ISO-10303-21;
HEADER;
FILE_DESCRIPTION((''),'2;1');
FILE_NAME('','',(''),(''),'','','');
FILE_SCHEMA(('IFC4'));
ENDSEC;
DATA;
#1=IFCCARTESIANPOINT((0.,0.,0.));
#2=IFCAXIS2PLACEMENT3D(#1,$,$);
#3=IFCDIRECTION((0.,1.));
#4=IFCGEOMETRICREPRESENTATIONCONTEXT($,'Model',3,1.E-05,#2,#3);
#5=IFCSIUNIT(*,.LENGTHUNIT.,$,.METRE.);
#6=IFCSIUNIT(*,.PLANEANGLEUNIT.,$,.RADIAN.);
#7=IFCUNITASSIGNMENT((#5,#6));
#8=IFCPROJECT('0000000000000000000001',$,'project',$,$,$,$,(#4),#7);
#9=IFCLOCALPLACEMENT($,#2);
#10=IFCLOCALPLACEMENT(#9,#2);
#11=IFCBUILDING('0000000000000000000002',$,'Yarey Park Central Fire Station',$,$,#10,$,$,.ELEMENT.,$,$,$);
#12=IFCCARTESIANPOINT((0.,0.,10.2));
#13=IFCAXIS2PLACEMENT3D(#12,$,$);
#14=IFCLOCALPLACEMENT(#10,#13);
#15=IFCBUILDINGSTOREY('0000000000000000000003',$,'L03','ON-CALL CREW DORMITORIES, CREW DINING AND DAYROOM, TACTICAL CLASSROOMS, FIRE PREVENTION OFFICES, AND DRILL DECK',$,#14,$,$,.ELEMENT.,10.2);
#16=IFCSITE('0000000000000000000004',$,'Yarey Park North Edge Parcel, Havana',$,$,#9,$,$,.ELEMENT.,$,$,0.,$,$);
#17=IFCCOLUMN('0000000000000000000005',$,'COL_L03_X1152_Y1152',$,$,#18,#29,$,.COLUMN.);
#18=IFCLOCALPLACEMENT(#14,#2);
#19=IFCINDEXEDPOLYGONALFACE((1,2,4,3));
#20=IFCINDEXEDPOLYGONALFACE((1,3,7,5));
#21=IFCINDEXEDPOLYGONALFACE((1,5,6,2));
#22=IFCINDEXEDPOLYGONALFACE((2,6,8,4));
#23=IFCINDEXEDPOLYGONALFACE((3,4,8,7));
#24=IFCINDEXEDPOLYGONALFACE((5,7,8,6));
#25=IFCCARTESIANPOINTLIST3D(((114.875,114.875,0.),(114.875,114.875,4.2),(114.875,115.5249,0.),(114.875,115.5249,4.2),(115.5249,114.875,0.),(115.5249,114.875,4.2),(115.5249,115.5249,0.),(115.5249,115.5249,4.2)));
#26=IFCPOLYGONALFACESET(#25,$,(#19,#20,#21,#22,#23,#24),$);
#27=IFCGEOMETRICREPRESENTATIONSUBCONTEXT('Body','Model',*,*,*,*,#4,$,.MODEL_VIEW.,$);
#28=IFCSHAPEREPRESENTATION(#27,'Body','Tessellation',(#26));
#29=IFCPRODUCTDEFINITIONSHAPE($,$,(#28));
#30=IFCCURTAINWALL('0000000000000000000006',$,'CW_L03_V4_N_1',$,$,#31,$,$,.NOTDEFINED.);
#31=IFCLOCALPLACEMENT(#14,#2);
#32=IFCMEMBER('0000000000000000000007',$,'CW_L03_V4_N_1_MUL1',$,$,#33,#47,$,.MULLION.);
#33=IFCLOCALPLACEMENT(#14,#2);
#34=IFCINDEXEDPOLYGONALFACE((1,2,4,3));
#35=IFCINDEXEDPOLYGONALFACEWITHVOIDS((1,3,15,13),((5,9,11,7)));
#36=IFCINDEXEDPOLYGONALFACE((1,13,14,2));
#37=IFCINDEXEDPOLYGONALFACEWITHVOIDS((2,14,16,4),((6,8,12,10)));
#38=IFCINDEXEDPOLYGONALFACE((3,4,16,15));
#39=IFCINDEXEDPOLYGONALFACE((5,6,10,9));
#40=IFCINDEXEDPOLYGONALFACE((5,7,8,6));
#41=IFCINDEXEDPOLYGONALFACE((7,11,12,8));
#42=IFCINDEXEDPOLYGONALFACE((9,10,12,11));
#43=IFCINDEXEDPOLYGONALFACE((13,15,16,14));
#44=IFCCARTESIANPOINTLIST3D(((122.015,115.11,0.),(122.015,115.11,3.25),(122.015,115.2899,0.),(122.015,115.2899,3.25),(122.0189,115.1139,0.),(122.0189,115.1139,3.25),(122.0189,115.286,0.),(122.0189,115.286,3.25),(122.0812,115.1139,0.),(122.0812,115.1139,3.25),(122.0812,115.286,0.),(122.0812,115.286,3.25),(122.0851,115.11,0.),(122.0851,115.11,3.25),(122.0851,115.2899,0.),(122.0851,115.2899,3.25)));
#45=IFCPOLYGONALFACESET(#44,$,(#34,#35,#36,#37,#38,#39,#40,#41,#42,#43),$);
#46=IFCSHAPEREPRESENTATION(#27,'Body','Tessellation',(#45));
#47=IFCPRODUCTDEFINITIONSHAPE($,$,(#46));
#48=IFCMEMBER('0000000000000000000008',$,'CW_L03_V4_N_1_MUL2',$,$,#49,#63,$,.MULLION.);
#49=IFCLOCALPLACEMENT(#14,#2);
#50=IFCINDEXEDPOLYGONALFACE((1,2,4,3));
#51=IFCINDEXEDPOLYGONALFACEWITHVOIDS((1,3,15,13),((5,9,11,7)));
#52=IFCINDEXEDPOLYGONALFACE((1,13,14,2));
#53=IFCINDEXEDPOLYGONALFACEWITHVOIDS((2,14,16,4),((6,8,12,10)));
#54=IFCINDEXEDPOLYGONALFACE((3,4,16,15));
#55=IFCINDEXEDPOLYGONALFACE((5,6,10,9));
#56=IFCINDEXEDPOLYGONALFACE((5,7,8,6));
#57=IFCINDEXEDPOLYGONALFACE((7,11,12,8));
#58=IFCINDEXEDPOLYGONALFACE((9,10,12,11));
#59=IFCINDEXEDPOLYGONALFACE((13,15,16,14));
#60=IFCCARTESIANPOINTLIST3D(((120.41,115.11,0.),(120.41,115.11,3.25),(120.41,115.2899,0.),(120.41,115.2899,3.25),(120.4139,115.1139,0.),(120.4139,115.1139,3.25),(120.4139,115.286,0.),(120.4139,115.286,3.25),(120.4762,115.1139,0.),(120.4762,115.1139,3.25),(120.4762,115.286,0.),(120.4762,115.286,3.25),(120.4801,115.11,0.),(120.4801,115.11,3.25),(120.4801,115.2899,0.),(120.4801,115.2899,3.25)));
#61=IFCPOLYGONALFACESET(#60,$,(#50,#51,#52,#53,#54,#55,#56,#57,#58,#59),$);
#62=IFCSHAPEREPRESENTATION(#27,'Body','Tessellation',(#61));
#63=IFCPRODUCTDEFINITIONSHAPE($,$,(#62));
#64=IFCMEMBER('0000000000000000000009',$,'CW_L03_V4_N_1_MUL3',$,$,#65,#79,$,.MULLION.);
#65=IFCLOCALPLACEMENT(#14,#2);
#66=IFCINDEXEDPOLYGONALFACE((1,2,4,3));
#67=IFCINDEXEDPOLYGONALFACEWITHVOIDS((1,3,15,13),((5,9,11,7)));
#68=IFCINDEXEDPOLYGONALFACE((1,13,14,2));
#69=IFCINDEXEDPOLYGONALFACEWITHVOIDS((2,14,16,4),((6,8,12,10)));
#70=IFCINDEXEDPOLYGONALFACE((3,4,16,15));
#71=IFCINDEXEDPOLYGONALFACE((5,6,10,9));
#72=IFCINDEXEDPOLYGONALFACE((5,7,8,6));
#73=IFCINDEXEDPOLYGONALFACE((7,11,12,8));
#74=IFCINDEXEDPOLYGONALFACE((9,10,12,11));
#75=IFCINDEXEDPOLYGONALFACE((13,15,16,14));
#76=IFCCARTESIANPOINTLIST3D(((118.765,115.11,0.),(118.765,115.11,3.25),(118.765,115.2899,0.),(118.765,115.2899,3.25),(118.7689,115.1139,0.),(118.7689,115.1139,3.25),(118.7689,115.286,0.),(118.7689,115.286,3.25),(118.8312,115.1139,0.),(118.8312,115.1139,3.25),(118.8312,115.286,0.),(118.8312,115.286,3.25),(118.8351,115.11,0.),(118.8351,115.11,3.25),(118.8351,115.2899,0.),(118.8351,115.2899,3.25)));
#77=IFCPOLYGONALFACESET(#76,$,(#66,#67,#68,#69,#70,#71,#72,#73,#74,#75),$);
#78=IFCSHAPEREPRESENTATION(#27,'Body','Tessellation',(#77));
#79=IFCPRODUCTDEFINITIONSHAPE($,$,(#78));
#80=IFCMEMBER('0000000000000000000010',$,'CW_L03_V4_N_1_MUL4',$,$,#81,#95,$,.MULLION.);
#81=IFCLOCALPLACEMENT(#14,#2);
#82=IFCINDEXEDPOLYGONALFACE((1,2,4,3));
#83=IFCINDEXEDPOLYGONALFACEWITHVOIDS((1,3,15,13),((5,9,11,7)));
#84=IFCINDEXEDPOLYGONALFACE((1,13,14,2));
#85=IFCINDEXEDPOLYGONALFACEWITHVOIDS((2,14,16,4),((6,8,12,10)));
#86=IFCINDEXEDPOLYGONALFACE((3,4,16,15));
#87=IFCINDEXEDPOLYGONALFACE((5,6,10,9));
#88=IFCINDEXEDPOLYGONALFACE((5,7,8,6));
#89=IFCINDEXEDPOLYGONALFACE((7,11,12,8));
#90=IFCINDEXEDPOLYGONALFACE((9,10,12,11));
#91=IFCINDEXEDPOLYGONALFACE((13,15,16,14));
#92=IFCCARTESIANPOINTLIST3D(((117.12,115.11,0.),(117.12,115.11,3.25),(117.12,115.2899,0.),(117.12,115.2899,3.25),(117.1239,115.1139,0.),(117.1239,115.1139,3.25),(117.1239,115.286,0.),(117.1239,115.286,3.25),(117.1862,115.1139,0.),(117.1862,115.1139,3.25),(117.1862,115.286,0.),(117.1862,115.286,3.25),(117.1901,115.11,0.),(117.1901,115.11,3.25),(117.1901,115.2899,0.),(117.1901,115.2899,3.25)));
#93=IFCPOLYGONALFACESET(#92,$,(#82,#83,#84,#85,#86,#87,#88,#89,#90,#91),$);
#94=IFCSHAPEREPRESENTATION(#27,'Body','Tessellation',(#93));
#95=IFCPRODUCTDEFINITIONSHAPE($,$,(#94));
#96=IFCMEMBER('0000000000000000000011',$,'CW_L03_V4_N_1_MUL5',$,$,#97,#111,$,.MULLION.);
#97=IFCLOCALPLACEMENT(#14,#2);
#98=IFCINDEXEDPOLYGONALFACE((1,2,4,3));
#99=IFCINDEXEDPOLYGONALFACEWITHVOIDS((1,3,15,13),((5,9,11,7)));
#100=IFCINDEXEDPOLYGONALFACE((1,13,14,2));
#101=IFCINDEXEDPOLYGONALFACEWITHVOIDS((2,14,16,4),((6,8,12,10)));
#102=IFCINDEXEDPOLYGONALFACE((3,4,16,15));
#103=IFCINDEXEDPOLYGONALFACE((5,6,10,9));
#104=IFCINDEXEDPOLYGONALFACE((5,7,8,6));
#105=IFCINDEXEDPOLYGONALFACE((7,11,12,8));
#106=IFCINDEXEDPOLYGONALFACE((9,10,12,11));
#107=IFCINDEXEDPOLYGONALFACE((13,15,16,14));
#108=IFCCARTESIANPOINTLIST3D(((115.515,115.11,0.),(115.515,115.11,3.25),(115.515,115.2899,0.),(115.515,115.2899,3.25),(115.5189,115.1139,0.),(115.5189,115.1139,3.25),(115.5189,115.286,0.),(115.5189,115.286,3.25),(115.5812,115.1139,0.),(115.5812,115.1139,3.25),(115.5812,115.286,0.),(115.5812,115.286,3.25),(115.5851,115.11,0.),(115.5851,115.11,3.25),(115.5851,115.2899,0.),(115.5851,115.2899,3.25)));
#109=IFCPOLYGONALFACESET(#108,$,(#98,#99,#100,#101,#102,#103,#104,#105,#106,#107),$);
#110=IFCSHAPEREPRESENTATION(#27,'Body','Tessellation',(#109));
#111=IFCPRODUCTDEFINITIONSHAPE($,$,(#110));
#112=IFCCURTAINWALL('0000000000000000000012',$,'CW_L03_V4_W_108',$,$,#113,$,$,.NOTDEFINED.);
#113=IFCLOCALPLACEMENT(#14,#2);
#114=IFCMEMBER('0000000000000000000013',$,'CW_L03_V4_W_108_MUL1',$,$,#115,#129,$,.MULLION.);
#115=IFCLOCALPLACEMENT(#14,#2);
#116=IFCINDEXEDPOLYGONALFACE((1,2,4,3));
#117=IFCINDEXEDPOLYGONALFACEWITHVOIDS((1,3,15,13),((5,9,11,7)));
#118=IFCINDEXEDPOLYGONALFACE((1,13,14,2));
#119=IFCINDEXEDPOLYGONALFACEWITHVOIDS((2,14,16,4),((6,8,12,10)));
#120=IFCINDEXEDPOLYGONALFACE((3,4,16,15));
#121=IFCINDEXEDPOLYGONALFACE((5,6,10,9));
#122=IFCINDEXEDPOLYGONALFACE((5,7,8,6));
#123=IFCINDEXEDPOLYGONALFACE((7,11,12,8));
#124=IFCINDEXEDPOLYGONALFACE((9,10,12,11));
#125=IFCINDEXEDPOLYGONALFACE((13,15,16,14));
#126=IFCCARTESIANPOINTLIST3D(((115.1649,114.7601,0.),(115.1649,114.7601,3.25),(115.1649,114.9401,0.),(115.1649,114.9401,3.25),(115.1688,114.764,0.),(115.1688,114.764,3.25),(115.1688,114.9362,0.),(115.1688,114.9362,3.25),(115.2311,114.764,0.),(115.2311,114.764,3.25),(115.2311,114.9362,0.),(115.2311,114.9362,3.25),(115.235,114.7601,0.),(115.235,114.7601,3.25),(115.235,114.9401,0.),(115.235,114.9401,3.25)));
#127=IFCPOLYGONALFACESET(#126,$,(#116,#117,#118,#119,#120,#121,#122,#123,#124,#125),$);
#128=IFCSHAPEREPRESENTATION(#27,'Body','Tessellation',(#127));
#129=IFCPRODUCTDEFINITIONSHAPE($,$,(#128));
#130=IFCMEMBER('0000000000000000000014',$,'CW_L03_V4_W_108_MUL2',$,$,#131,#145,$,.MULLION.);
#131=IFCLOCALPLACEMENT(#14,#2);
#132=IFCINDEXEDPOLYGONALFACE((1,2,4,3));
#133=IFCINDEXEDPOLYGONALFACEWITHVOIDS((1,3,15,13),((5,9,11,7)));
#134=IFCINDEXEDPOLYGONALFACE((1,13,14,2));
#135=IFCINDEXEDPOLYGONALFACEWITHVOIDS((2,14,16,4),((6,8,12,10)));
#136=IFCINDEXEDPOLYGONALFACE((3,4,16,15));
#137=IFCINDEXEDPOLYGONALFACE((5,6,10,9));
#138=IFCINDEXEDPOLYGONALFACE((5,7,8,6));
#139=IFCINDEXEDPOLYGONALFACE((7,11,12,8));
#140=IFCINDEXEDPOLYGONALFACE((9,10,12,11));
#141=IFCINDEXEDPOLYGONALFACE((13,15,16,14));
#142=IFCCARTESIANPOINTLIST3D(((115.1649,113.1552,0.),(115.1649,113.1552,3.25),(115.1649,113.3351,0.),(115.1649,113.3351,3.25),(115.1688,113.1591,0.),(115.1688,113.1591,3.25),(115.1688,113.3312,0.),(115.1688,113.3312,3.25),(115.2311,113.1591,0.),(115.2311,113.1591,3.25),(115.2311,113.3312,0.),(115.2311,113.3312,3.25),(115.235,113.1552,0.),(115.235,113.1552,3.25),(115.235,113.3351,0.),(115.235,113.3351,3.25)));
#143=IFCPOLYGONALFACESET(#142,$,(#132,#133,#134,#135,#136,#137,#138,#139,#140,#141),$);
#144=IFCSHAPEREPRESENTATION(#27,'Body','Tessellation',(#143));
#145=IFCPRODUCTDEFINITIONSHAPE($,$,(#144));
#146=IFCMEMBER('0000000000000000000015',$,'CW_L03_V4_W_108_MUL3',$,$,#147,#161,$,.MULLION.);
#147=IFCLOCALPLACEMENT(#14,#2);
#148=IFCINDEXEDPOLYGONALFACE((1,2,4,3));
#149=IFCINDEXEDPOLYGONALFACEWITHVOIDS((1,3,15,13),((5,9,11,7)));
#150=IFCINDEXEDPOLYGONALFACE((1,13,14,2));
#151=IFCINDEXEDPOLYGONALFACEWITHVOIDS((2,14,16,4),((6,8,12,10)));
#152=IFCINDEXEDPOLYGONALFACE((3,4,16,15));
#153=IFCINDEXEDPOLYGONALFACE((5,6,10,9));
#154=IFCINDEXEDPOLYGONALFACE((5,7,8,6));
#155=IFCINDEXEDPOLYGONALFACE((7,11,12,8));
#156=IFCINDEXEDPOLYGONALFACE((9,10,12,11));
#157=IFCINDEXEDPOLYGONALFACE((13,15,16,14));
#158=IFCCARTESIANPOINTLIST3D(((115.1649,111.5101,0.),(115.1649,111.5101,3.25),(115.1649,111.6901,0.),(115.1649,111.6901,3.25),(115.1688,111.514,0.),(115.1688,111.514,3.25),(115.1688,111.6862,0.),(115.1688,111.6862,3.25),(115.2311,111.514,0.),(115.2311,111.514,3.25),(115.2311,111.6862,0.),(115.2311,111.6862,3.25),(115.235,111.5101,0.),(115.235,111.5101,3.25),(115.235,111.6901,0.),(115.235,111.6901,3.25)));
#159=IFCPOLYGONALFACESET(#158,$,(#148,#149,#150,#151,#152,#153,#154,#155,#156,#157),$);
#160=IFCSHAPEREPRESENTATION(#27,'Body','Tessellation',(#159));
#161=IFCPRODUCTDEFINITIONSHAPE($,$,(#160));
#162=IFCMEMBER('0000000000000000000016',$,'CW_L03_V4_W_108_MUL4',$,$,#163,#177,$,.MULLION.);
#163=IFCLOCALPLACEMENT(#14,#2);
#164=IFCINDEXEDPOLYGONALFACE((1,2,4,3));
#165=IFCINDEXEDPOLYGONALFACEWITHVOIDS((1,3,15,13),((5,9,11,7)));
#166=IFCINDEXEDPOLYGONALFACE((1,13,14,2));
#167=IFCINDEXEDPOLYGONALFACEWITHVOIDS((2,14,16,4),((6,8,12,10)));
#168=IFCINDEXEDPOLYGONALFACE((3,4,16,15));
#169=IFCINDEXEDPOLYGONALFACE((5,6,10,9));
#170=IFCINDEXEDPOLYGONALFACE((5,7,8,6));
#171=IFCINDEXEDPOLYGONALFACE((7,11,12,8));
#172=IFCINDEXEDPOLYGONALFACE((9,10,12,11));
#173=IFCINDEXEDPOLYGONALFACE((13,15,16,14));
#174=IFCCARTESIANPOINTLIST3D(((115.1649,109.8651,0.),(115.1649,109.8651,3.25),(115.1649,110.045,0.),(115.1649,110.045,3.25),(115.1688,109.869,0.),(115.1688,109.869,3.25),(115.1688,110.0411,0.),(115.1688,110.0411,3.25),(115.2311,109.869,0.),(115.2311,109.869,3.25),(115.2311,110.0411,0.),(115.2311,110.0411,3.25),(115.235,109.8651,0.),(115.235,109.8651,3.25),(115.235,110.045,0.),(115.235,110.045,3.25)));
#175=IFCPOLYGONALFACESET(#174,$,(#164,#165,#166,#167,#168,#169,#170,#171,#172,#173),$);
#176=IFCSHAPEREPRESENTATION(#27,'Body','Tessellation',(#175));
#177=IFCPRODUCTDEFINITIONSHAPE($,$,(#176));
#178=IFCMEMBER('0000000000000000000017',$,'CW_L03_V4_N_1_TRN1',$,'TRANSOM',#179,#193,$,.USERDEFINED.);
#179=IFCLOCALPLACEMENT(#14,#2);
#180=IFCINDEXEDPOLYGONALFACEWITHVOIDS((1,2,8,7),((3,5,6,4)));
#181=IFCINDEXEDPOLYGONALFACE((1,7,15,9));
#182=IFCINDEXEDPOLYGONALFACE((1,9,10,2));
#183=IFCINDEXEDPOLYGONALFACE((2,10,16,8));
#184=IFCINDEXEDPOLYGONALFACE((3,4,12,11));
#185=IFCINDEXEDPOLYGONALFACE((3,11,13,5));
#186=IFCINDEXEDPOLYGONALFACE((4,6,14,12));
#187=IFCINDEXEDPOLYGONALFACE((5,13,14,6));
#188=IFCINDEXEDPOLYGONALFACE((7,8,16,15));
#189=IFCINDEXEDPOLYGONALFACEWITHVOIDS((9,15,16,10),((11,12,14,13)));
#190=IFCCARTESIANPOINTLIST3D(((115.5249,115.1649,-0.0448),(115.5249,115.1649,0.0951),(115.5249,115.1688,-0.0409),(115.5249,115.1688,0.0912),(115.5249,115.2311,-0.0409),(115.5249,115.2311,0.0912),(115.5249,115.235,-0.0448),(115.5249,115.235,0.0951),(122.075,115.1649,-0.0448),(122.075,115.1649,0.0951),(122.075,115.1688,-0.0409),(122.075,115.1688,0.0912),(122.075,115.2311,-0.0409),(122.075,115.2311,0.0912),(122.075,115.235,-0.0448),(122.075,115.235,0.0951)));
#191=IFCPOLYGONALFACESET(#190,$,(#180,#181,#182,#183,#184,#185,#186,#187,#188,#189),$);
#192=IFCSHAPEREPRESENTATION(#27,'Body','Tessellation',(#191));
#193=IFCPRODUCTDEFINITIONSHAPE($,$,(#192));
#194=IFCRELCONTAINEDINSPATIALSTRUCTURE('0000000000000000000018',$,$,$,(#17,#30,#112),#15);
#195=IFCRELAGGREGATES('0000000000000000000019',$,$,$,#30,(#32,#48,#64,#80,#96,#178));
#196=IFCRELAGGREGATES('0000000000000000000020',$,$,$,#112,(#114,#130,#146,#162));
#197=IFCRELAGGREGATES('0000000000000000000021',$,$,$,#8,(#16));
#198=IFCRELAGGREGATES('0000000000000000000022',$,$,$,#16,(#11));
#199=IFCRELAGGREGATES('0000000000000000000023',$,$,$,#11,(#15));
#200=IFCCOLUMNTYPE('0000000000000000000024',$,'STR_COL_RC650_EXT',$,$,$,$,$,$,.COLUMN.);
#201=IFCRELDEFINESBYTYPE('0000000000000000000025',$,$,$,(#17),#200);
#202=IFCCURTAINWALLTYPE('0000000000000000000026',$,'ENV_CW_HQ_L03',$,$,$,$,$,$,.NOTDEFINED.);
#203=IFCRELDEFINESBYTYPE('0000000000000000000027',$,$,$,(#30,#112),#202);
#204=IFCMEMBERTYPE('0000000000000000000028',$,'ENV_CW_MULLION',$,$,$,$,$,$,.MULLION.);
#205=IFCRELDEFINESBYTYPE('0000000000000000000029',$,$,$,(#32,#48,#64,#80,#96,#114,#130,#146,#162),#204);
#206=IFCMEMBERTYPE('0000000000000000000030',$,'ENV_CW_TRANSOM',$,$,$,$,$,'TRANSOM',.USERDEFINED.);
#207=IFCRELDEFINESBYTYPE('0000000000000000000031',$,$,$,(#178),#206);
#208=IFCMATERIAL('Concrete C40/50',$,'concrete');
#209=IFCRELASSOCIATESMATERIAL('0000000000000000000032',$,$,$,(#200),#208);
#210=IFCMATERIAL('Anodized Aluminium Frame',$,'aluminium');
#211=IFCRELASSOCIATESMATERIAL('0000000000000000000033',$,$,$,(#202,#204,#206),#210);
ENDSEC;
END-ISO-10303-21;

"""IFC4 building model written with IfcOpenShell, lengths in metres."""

from ifc_helpers import new_model, si_unit, direction, frame, origin, origin_2d, place, context, subcontext, project, spatial, rectangle, hollow_rectangle, extrude, material, material_profile, profile_set, type_object, element, aggregate, save


model = new_model("IFC4")

# Units and contexts
model_context = context("Model", 3, precision=1e-05, world=origin(), true_north=direction((0.0, 1.0)))
body_context = subcontext(model_context, "Body", "Model", "MODEL_VIEW")
ifc_project = project(units=[si_unit("LENGTHUNIT", "METRE"), si_unit("PLANEANGLEUNIT", "RADIAN")], contexts=[model_context])

# Site, building, storey
site_placement = place(None, origin())
site = spatial("IfcSite", under=ifc_project, at=site_placement, Name="Yarey Park North Edge Parcel, Havana", CompositionType="ELEMENT", RefElevation=0.0)
building_placement = place(site_placement, origin())
building = spatial("IfcBuilding", under=site, at=building_placement, Name="Yarey Park Central Fire Station", CompositionType="ELEMENT")
storey_placement = place(building_placement, frame((0.0, 0.0, 10.2)))
storey = spatial("IfcBuildingStorey", under=building, at=storey_placement, Name="L03", Description="ON-CALL CREW DORMITORIES, CREW DINING AND DAYROOM, TACTICAL CLASSROOMS, FIRE PREVENTION OFFICES, AND DRILL DECK", CompositionType="ELEMENT", Elevation=10.2)

# Column
ifc_material_1 = material(Name="Concrete C40/50", Category="concrete")
ifc_material_profile_1 = material_profile(ifc_material_1, rectangle(XDim=0.6499, YDim=0.6499, at=origin_2d()), Name="RC 650x650")
ifc_profile_set_1 = profile_set([ifc_material_profile_1], Name="Concrete C40/50")
column_type = type_object("IfcColumnType", Name="STR_COL_RC650_EXT", PredefinedType="COLUMN", material=ifc_profile_set_1)
column_placement = place(storey_placement, frame((115.2, 115.2, 0.0), z_axis=(0.0, 0.0, 1.0), x_axis=(1.0, 0.0, 0.0)))
element("IfcColumn", 1, at=column_placement, inside=storey, type_object=column_type, Name="COL_L03_X1152_Y1152", PredefinedType="COLUMN", context=body_context, shape_type="SweptSolid", body=[
    extrude(rectangle(XDim=0.6499, YDim=0.6499, at=origin_2d()), origin(), (0.0, 0.0, 1.0), 4.2),
])

# Curtain walls, members
ifc_material_2 = material(Name="Anodized Aluminium Frame", Category="aluminium")
curtain_wall_type = type_object("IfcCurtainWallType", Name="ENV_CW_HQ_L03", PredefinedType="NOTDEFINED", material=ifc_material_2)
curtain_wall_1_placement = place(storey_placement, origin())
curtain_wall_1 = element("IfcCurtainWall", 2, at=curtain_wall_1_placement, inside=storey, type_object=curtain_wall_type, Name="CW_L03_V4_N_1", PredefinedType="NOTDEFINED")
ifc_material_profile_2 = material_profile(ifc_material_2, hollow_rectangle(XDim=0.0701, YDim=0.1799, WallThickness=0.0039, at=origin_2d()), Name="ALU 180x70x4")
ifc_profile_set_2 = profile_set([ifc_material_profile_2], Name="Anodized Aluminium Frame")
member_type_1 = type_object("IfcMemberType", Name="ENV_CW_MULLION", PredefinedType="MULLION", material=ifc_profile_set_2)
member_1_placement = place(storey_placement, frame((122.05, 115.2, 0.0), z_axis=(0.0, 0.0, 1.0), x_axis=(1.0, 0.0, 0.0)))
member_1 = element("IfcMember", 3, at=member_1_placement, type_object=member_type_1, Name="CW_L03_V4_N_1_MUL1", PredefinedType="MULLION", context=body_context, shape_type="SweptSolid", body=[
    extrude(hollow_rectangle(XDim=0.0701, YDim=0.1799, WallThickness=0.0039, at=origin_2d()), origin(), (0.0, 0.0, 1.0), 3.25),
])
member_2_placement = place(storey_placement, frame((120.4451, 115.2, 0.0), z_axis=(0.0, 0.0, 1.0), x_axis=(1.0, 0.0, 0.0)))
member_2 = element("IfcMember", 4, at=member_2_placement, type_object=member_type_1, Name="CW_L03_V4_N_1_MUL2", PredefinedType="MULLION", context=body_context, shape_type="SweptSolid", body=[
    extrude(hollow_rectangle(XDim=0.0701, YDim=0.1799, WallThickness=0.0039, at=origin_2d()), origin(), (0.0, 0.0, 1.0), 3.25),
])
member_3_placement = place(storey_placement, frame((118.8, 115.2, 0.0), z_axis=(0.0, 0.0, 1.0), x_axis=(1.0, 0.0, 0.0)))
member_3 = element("IfcMember", 5, at=member_3_placement, type_object=member_type_1, Name="CW_L03_V4_N_1_MUL3", PredefinedType="MULLION", context=body_context, shape_type="SweptSolid", body=[
    extrude(hollow_rectangle(XDim=0.0701, YDim=0.1799, WallThickness=0.0039, at=origin_2d()), origin(), (0.0, 0.0, 1.0), 3.25),
])
member_4_placement = place(storey_placement, frame((117.155, 115.2, 0.0), z_axis=(0.0, 0.0, 1.0), x_axis=(1.0, 0.0, 0.0)))
member_4 = element("IfcMember", 6, at=member_4_placement, type_object=member_type_1, Name="CW_L03_V4_N_1_MUL4", PredefinedType="MULLION", context=body_context, shape_type="SweptSolid", body=[
    extrude(hollow_rectangle(XDim=0.0701, YDim=0.1799, WallThickness=0.0039, at=origin_2d()), origin(), (0.0, 0.0, 1.0), 3.25),
])
member_5_placement = place(storey_placement, frame((115.55, 115.2, 0.0), z_axis=(0.0, 0.0, 1.0), x_axis=(1.0, 0.0, 0.0)))
member_5 = element("IfcMember", 7, at=member_5_placement, type_object=member_type_1, Name="CW_L03_V4_N_1_MUL5", PredefinedType="MULLION", context=body_context, shape_type="SweptSolid", body=[
    extrude(hollow_rectangle(XDim=0.0701, YDim=0.1799, WallThickness=0.0039, at=origin_2d()), origin(), (0.0, 0.0, 1.0), 3.25),
])
curtain_wall_2_placement = place(storey_placement, origin())
curtain_wall_2 = element("IfcCurtainWall", 8, at=curtain_wall_2_placement, inside=storey, type_object=curtain_wall_type, Name="CW_L03_V4_W_108", PredefinedType="NOTDEFINED")
member_6_placement = place(storey_placement, frame((115.2, 114.8501, 0.0), z_axis=(0.0, 0.0, 1.0), x_axis=(1.0, 0.0, 0.0)))
member_6 = element("IfcMember", 9, at=member_6_placement, type_object=member_type_1, Name="CW_L03_V4_W_108_MUL1", PredefinedType="MULLION", context=body_context, shape_type="SweptSolid", body=[
    extrude(hollow_rectangle(XDim=0.0701, YDim=0.1799, WallThickness=0.0039, at=origin_2d()), origin(), (0.0, 0.0, 1.0), 3.25),
])
member_7_placement = place(storey_placement, frame((115.2, 113.2451, 0.0), z_axis=(0.0, 0.0, 1.0), x_axis=(1.0, 0.0, 0.0)))
member_7 = element("IfcMember", 10, at=member_7_placement, type_object=member_type_1, Name="CW_L03_V4_W_108_MUL2", PredefinedType="MULLION", context=body_context, shape_type="SweptSolid", body=[
    extrude(hollow_rectangle(XDim=0.0701, YDim=0.1799, WallThickness=0.0039, at=origin_2d()), origin(), (0.0, 0.0, 1.0), 3.25),
])
member_8_placement = place(storey_placement, frame((115.2, 111.6001, 0.0), z_axis=(0.0, 0.0, 1.0), x_axis=(1.0, 0.0, 0.0)))
member_8 = element("IfcMember", 11, at=member_8_placement, type_object=member_type_1, Name="CW_L03_V4_W_108_MUL3", PredefinedType="MULLION", context=body_context, shape_type="SweptSolid", body=[
    extrude(hollow_rectangle(XDim=0.0701, YDim=0.1799, WallThickness=0.0039, at=origin_2d()), origin(), (0.0, 0.0, 1.0), 3.25),
])
member_9_placement = place(storey_placement, frame((115.2, 109.9551, 0.0), z_axis=(0.0, 0.0, 1.0), x_axis=(1.0, 0.0, 0.0)))
member_9 = element("IfcMember", 12, at=member_9_placement, type_object=member_type_1, Name="CW_L03_V4_W_108_MUL4", PredefinedType="MULLION", context=body_context, shape_type="SweptSolid", body=[
    extrude(hollow_rectangle(XDim=0.0701, YDim=0.1799, WallThickness=0.0039, at=origin_2d()), origin(), (0.0, 0.0, 1.0), 3.25),
])

# Member
ifc_material_profile_3 = material_profile(ifc_material_2, hollow_rectangle(XDim=0.0701, YDim=0.1399, WallThickness=0.0039, at=origin_2d()), Name="ALU 140x70x4")
ifc_profile_set_3 = profile_set([ifc_material_profile_3], Name="Anodized Aluminium Frame")
member_type_2 = type_object("IfcMemberType", Name="ENV_CW_TRANSOM", ElementType="TRANSOM", PredefinedType="USERDEFINED", material=ifc_profile_set_3)
member_10_placement = place(storey_placement, frame((122.075, 115.2, 0.0251), z_axis=(-1.0, 0.0, 0.0), x_axis=(0.0, -1.0, 0.0)))
member_10 = element("IfcMember", 13, at=member_10_placement, type_object=member_type_2, Name="CW_L03_V4_N_1_TRN1", ObjectType="TRANSOM", PredefinedType="USERDEFINED", context=body_context, shape_type="SweptSolid", body=[
    extrude(hollow_rectangle(XDim=0.0701, YDim=0.1399, WallThickness=0.0039, at=origin_2d()), origin(), (0.0, 0.0, 1.0), 6.55),
])

aggregate(curtain_wall_1, [member_1, member_2, member_3, member_4, member_5, member_10])
aggregate(curtain_wall_2, [member_6, member_7, member_8, member_9])

save(model, "model.ifc")
